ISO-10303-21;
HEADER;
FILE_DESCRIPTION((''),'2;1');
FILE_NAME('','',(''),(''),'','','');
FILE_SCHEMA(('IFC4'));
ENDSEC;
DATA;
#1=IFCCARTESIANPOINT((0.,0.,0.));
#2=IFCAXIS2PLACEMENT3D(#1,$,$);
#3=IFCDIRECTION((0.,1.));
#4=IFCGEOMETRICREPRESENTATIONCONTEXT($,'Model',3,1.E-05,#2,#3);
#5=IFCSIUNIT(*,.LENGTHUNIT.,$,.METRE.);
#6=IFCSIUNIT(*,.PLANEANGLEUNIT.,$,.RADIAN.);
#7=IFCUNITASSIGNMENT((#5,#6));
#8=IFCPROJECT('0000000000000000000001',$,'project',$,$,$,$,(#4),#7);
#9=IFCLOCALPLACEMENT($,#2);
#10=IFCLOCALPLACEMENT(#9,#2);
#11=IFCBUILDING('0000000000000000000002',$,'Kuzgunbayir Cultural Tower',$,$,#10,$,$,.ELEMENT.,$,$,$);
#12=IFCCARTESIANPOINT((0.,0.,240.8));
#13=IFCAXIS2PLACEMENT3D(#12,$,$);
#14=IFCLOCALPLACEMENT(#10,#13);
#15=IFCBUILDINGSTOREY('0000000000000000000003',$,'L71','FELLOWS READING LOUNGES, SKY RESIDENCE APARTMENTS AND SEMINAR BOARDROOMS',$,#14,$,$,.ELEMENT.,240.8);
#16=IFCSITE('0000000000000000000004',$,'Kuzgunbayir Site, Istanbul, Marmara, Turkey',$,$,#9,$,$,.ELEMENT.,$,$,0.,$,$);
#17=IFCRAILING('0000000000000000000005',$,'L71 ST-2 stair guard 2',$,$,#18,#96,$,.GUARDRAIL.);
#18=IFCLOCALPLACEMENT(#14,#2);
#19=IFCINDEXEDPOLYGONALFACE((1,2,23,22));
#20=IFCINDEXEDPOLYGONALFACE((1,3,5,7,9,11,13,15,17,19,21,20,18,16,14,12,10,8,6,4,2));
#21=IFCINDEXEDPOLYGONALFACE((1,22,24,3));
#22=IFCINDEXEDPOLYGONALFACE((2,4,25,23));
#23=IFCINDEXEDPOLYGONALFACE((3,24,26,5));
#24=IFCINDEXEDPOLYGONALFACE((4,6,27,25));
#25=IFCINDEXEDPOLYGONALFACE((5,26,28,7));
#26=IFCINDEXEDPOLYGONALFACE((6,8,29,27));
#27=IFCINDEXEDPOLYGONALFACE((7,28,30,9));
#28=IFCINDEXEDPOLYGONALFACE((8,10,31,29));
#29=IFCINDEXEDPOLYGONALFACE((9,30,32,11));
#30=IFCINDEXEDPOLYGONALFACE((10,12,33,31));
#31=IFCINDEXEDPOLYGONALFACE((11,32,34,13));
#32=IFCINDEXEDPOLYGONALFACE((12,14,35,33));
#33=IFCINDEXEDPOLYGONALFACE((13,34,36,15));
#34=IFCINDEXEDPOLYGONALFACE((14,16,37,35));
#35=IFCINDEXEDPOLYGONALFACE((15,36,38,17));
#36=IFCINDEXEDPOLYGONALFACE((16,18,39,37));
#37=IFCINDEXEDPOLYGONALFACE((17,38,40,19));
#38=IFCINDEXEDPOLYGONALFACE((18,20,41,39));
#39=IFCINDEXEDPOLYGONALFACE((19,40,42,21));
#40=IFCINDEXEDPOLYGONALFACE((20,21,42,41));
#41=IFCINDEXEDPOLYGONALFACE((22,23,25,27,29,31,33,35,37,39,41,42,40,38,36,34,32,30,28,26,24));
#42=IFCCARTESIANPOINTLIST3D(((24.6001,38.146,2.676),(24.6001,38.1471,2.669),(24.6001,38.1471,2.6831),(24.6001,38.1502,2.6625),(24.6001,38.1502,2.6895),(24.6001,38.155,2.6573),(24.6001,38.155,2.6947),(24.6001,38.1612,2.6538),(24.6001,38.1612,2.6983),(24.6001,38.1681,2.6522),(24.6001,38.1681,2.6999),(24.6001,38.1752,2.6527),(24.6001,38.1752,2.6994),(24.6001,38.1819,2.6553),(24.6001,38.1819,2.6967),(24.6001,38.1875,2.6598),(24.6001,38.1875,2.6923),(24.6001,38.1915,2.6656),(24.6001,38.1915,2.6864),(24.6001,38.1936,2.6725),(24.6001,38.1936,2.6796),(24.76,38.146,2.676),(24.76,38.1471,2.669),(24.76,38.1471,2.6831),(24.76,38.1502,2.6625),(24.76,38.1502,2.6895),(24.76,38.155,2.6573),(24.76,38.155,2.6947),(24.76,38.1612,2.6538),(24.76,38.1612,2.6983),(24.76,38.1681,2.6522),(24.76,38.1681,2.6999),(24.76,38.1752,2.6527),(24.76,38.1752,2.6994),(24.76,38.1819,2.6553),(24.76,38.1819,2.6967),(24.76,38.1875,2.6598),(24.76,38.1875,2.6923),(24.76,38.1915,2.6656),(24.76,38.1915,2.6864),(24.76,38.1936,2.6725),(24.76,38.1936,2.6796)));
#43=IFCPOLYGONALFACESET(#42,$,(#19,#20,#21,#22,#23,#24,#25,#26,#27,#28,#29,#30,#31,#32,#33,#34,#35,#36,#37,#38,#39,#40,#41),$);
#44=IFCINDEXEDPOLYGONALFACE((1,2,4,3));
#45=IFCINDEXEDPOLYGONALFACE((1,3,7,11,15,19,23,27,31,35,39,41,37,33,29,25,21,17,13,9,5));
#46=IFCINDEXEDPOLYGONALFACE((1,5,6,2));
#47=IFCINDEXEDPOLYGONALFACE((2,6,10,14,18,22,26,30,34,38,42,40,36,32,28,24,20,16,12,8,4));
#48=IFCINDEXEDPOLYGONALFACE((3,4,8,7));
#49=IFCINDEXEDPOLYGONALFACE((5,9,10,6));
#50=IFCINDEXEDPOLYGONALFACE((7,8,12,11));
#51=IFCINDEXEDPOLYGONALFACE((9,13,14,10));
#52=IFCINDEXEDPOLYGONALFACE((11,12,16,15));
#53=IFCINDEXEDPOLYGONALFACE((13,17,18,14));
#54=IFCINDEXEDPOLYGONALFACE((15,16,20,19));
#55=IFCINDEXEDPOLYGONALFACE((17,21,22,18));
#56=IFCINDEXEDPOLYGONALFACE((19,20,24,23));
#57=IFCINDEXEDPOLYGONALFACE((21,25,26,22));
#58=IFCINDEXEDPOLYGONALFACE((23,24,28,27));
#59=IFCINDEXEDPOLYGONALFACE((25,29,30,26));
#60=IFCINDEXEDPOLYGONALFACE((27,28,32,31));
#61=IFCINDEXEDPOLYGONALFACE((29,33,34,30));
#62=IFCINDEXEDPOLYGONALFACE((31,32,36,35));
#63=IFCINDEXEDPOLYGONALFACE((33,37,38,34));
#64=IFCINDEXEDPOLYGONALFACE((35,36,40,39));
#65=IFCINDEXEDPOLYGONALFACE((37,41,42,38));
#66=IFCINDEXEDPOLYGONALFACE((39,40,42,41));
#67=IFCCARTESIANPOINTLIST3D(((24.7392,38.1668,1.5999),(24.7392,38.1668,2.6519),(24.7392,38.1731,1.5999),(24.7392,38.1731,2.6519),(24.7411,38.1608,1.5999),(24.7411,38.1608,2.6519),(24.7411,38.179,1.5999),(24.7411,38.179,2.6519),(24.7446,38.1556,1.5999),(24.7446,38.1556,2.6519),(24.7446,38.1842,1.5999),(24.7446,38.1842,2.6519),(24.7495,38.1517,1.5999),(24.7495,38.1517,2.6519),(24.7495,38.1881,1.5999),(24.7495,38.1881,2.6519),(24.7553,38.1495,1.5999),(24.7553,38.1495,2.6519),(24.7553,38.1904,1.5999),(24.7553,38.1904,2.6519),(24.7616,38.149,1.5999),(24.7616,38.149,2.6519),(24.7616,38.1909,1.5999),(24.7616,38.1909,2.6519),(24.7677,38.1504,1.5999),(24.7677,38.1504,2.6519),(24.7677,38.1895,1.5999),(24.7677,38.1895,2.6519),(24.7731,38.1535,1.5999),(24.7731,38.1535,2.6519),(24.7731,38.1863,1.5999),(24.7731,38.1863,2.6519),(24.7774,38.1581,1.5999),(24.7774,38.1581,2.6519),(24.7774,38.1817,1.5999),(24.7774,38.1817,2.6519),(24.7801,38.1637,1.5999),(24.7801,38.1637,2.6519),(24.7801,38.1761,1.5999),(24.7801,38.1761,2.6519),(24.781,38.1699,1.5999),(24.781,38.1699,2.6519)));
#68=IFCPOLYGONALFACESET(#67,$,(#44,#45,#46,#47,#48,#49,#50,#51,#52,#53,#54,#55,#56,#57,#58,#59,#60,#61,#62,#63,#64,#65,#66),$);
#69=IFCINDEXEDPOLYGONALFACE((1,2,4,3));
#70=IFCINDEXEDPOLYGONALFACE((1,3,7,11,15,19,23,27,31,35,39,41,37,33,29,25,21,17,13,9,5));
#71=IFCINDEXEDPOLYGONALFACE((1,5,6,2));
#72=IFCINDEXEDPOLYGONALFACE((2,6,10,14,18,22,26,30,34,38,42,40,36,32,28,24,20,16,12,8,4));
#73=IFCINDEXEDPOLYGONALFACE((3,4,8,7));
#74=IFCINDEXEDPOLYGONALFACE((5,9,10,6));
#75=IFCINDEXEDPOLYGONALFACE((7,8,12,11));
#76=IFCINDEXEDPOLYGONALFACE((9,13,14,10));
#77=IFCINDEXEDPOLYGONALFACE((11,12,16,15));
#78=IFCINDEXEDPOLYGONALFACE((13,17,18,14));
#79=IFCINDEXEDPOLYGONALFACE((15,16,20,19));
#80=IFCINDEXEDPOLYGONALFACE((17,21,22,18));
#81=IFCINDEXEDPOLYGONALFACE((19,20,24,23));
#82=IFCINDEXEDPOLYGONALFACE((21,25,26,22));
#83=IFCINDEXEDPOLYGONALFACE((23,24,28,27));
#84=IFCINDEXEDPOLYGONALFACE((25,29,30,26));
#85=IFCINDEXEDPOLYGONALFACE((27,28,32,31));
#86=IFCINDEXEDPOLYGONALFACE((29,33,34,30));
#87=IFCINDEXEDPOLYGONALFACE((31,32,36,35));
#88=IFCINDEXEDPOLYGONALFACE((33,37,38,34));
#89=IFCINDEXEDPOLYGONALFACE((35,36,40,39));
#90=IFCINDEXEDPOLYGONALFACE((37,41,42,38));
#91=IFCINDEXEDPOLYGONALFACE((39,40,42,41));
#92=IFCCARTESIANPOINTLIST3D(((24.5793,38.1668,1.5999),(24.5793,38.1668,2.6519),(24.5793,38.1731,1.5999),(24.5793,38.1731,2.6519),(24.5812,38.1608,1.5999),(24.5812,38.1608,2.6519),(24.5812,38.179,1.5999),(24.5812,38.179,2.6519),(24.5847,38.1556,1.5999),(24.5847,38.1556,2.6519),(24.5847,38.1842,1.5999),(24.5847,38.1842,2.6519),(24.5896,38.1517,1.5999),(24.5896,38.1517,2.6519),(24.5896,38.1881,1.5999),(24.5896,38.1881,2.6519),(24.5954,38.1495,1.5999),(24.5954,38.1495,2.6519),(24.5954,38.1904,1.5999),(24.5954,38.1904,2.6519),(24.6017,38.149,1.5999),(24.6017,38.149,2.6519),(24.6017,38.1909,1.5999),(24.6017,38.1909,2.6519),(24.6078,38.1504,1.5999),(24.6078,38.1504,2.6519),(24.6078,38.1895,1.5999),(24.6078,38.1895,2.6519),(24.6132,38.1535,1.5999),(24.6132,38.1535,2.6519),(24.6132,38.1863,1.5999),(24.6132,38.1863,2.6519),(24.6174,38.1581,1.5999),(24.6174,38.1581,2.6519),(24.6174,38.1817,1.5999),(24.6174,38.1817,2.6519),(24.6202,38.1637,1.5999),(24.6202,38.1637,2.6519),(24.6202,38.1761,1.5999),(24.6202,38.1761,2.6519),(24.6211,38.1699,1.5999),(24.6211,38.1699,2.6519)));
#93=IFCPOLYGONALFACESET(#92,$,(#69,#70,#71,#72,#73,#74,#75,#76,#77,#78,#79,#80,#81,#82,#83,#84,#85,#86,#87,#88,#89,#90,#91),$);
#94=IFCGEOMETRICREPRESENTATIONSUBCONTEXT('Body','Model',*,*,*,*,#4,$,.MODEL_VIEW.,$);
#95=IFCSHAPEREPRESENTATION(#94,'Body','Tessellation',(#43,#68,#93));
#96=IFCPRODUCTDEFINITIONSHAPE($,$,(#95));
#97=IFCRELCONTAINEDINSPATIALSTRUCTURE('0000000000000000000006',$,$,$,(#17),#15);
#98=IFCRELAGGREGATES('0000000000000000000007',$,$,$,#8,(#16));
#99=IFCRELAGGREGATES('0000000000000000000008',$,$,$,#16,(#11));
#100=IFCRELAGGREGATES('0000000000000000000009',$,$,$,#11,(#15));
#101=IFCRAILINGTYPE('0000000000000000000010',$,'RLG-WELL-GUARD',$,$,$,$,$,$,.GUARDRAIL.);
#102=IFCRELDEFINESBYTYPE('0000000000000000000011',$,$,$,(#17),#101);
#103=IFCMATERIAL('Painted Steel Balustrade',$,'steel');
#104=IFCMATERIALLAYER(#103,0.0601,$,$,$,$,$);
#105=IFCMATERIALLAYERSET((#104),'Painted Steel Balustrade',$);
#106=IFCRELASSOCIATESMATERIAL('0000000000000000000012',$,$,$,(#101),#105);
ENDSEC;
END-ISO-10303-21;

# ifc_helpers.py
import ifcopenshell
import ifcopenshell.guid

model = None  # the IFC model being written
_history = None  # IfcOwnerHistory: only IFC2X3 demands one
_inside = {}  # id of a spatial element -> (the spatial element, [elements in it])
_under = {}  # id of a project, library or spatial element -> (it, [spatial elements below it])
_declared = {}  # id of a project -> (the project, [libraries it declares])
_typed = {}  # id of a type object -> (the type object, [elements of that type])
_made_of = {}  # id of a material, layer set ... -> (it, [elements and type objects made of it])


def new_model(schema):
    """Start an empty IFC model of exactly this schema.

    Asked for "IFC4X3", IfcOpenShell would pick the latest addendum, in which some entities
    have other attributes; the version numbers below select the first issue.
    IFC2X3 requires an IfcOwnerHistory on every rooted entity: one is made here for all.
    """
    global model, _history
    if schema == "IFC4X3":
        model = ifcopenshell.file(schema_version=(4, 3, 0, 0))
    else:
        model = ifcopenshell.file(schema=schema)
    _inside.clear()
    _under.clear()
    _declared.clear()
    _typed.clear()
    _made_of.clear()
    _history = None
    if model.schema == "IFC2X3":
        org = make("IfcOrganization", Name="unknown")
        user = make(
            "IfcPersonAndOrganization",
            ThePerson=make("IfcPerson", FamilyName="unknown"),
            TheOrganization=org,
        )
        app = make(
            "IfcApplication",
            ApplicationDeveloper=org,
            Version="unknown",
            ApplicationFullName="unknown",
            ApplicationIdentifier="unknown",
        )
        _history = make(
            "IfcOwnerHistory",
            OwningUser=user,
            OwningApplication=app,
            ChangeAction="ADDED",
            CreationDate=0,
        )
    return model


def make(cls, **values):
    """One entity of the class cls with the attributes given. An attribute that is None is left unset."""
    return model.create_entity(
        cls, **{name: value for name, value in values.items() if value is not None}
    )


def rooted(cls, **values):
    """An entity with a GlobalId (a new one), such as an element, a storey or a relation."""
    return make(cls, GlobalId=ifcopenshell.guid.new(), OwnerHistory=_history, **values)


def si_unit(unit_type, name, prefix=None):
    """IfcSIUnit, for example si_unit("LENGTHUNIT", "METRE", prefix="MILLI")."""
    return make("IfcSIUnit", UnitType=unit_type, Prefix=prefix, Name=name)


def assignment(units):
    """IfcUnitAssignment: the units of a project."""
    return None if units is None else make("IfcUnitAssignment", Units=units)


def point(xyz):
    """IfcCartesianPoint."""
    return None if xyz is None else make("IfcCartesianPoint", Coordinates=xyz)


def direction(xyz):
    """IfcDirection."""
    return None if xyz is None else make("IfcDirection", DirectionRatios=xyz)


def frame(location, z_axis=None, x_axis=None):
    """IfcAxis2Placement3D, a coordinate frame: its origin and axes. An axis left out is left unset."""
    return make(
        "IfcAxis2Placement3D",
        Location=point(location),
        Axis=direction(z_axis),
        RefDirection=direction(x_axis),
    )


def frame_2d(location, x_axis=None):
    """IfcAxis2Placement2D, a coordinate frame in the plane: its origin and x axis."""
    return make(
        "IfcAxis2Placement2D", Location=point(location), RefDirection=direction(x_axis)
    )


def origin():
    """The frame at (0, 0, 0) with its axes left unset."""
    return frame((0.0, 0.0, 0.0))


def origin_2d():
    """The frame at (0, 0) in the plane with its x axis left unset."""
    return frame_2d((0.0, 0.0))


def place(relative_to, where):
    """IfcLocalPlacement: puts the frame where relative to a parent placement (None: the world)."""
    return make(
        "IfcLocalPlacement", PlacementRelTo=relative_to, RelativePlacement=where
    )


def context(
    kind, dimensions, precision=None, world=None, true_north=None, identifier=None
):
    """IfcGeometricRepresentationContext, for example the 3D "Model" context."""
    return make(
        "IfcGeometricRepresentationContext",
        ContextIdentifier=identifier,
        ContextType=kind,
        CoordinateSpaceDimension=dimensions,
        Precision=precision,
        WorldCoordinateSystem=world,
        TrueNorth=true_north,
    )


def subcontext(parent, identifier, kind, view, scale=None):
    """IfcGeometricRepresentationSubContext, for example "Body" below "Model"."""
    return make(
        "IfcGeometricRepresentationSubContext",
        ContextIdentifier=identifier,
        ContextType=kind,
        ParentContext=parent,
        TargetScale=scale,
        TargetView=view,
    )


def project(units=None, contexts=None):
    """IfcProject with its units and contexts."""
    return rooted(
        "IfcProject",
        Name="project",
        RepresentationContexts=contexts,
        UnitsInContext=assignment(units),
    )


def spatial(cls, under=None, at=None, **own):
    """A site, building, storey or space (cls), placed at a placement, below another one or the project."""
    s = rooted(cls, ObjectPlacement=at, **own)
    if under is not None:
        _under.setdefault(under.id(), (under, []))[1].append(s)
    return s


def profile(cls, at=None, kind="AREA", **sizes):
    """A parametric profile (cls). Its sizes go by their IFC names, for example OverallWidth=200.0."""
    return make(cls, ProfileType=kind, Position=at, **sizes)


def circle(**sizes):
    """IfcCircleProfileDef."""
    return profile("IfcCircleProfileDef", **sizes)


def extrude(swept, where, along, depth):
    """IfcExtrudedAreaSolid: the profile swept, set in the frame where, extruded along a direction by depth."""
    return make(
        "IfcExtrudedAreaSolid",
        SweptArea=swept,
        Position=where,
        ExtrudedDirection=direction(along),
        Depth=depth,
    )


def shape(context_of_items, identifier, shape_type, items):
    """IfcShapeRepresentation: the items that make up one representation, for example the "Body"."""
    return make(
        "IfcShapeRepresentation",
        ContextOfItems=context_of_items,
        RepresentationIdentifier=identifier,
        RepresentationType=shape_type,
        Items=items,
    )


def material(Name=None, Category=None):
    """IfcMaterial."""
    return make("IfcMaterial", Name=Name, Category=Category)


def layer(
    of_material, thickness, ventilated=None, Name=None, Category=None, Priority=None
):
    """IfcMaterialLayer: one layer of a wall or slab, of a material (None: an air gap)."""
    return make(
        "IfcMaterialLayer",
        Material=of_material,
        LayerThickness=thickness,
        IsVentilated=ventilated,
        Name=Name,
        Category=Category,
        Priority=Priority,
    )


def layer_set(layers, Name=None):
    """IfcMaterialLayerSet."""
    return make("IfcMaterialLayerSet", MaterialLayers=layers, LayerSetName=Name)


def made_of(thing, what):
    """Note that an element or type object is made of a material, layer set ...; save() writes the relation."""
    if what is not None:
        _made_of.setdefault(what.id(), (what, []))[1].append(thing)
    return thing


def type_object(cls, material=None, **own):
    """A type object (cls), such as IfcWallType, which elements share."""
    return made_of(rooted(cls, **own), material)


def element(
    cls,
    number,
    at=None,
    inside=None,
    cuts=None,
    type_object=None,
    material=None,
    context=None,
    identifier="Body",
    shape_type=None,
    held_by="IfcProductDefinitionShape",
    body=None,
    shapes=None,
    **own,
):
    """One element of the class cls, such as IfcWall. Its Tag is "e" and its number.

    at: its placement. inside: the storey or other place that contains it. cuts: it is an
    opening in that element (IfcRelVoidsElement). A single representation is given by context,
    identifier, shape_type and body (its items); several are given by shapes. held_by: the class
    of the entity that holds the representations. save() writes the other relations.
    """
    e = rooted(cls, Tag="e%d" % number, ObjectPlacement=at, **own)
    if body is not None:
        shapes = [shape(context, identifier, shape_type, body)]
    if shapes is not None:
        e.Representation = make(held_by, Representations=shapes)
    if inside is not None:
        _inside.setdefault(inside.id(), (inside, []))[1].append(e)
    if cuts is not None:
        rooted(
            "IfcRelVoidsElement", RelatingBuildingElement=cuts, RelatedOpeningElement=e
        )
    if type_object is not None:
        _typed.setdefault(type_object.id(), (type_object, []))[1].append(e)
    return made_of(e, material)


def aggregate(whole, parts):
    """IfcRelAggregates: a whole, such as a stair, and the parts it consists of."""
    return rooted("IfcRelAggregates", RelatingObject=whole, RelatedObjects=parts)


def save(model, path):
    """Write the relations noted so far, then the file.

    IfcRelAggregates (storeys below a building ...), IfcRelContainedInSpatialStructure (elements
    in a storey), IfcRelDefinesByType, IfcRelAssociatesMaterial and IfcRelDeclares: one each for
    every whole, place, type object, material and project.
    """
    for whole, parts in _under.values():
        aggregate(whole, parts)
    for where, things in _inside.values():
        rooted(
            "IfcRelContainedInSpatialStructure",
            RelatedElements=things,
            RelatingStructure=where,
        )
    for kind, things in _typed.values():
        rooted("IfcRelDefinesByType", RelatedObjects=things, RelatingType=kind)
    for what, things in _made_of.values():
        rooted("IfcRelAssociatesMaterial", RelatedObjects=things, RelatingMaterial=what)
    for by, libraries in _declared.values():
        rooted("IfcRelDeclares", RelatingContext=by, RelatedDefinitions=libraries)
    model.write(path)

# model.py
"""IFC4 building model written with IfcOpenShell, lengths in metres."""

from ifc_helpers import new_model, si_unit, direction, frame, origin, origin_2d, place, context, subcontext, project, spatial, circle, extrude, material, layer, layer_set, type_object, element, save


model = new_model("IFC4")

# Units and contexts
model_context = context("Model", 3, precision=1e-05, world=origin(), true_north=direction((0.0, 1.0)))
body_context = subcontext(model_context, "Body", "Model", "MODEL_VIEW")
ifc_project = project(units=[si_unit("LENGTHUNIT", "METRE"), si_unit("PLANEANGLEUNIT", "RADIAN")], contexts=[model_context])

# Site, building, storey
site_placement = place(None, origin())
site = spatial("IfcSite", under=ifc_project, at=site_placement, Name="Kuzgunbayir Site, Istanbul, Marmara, Turkey", CompositionType="ELEMENT", RefElevation=0.0)
building_placement = place(site_placement, origin())
building = spatial("IfcBuilding", under=site, at=building_placement, Name="Kuzgunbayir Cultural Tower", CompositionType="ELEMENT")
storey_placement = place(building_placement, frame((0.0, 0.0, 240.8)))
storey = spatial("IfcBuildingStorey", under=building, at=storey_placement, Name="L71", Description="FELLOWS READING LOUNGES, SKY RESIDENCE APARTMENTS AND SEMINAR BOARDROOMS", CompositionType="ELEMENT", Elevation=240.8)

# Railing
ifc_material_1 = material(Name="Painted Steel Balustrade", Category="steel")
ifc_layer_1 = layer(ifc_material_1, 0.0601)
ifc_layer_set_1 = layer_set([ifc_layer_1], Name="Painted Steel Balustrade")
railing_type_1 = type_object("IfcRailingType", Name="RLG-WELL-GUARD", PredefinedType="GUARDRAIL", material=ifc_layer_set_1)
railing_1_placement = place(storey_placement, frame((24.76, 38.1699, 1.5999)))
element("IfcRailing", 1, at=railing_1_placement, inside=storey, type_object=railing_type_1, Name="L71 ST-2 stair guard 2", PredefinedType="GUARDRAIL", context=body_context, shape_type="SweptSolid", body=[
    extrude(circle(Radius=0.0239, at=origin_2d()), frame((0.0, 0.0, 1.0762), z_axis=(-1.0, 0.0, 0.0), x_axis=(0.0, -1.0, 0.0)), (0.0, 0.0, 1.0), 0.1599),
    extrude(circle(Radius=0.021, at=origin_2d()), origin(), (0.0, 0.0, 1.0), 1.052),
    extrude(circle(Radius=0.021, at=origin_2d()), frame((-0.1599, 0.0, 0.0)), (0.0, 0.0, 1.0), 1.052),
])

save(model, "model.ifc")
